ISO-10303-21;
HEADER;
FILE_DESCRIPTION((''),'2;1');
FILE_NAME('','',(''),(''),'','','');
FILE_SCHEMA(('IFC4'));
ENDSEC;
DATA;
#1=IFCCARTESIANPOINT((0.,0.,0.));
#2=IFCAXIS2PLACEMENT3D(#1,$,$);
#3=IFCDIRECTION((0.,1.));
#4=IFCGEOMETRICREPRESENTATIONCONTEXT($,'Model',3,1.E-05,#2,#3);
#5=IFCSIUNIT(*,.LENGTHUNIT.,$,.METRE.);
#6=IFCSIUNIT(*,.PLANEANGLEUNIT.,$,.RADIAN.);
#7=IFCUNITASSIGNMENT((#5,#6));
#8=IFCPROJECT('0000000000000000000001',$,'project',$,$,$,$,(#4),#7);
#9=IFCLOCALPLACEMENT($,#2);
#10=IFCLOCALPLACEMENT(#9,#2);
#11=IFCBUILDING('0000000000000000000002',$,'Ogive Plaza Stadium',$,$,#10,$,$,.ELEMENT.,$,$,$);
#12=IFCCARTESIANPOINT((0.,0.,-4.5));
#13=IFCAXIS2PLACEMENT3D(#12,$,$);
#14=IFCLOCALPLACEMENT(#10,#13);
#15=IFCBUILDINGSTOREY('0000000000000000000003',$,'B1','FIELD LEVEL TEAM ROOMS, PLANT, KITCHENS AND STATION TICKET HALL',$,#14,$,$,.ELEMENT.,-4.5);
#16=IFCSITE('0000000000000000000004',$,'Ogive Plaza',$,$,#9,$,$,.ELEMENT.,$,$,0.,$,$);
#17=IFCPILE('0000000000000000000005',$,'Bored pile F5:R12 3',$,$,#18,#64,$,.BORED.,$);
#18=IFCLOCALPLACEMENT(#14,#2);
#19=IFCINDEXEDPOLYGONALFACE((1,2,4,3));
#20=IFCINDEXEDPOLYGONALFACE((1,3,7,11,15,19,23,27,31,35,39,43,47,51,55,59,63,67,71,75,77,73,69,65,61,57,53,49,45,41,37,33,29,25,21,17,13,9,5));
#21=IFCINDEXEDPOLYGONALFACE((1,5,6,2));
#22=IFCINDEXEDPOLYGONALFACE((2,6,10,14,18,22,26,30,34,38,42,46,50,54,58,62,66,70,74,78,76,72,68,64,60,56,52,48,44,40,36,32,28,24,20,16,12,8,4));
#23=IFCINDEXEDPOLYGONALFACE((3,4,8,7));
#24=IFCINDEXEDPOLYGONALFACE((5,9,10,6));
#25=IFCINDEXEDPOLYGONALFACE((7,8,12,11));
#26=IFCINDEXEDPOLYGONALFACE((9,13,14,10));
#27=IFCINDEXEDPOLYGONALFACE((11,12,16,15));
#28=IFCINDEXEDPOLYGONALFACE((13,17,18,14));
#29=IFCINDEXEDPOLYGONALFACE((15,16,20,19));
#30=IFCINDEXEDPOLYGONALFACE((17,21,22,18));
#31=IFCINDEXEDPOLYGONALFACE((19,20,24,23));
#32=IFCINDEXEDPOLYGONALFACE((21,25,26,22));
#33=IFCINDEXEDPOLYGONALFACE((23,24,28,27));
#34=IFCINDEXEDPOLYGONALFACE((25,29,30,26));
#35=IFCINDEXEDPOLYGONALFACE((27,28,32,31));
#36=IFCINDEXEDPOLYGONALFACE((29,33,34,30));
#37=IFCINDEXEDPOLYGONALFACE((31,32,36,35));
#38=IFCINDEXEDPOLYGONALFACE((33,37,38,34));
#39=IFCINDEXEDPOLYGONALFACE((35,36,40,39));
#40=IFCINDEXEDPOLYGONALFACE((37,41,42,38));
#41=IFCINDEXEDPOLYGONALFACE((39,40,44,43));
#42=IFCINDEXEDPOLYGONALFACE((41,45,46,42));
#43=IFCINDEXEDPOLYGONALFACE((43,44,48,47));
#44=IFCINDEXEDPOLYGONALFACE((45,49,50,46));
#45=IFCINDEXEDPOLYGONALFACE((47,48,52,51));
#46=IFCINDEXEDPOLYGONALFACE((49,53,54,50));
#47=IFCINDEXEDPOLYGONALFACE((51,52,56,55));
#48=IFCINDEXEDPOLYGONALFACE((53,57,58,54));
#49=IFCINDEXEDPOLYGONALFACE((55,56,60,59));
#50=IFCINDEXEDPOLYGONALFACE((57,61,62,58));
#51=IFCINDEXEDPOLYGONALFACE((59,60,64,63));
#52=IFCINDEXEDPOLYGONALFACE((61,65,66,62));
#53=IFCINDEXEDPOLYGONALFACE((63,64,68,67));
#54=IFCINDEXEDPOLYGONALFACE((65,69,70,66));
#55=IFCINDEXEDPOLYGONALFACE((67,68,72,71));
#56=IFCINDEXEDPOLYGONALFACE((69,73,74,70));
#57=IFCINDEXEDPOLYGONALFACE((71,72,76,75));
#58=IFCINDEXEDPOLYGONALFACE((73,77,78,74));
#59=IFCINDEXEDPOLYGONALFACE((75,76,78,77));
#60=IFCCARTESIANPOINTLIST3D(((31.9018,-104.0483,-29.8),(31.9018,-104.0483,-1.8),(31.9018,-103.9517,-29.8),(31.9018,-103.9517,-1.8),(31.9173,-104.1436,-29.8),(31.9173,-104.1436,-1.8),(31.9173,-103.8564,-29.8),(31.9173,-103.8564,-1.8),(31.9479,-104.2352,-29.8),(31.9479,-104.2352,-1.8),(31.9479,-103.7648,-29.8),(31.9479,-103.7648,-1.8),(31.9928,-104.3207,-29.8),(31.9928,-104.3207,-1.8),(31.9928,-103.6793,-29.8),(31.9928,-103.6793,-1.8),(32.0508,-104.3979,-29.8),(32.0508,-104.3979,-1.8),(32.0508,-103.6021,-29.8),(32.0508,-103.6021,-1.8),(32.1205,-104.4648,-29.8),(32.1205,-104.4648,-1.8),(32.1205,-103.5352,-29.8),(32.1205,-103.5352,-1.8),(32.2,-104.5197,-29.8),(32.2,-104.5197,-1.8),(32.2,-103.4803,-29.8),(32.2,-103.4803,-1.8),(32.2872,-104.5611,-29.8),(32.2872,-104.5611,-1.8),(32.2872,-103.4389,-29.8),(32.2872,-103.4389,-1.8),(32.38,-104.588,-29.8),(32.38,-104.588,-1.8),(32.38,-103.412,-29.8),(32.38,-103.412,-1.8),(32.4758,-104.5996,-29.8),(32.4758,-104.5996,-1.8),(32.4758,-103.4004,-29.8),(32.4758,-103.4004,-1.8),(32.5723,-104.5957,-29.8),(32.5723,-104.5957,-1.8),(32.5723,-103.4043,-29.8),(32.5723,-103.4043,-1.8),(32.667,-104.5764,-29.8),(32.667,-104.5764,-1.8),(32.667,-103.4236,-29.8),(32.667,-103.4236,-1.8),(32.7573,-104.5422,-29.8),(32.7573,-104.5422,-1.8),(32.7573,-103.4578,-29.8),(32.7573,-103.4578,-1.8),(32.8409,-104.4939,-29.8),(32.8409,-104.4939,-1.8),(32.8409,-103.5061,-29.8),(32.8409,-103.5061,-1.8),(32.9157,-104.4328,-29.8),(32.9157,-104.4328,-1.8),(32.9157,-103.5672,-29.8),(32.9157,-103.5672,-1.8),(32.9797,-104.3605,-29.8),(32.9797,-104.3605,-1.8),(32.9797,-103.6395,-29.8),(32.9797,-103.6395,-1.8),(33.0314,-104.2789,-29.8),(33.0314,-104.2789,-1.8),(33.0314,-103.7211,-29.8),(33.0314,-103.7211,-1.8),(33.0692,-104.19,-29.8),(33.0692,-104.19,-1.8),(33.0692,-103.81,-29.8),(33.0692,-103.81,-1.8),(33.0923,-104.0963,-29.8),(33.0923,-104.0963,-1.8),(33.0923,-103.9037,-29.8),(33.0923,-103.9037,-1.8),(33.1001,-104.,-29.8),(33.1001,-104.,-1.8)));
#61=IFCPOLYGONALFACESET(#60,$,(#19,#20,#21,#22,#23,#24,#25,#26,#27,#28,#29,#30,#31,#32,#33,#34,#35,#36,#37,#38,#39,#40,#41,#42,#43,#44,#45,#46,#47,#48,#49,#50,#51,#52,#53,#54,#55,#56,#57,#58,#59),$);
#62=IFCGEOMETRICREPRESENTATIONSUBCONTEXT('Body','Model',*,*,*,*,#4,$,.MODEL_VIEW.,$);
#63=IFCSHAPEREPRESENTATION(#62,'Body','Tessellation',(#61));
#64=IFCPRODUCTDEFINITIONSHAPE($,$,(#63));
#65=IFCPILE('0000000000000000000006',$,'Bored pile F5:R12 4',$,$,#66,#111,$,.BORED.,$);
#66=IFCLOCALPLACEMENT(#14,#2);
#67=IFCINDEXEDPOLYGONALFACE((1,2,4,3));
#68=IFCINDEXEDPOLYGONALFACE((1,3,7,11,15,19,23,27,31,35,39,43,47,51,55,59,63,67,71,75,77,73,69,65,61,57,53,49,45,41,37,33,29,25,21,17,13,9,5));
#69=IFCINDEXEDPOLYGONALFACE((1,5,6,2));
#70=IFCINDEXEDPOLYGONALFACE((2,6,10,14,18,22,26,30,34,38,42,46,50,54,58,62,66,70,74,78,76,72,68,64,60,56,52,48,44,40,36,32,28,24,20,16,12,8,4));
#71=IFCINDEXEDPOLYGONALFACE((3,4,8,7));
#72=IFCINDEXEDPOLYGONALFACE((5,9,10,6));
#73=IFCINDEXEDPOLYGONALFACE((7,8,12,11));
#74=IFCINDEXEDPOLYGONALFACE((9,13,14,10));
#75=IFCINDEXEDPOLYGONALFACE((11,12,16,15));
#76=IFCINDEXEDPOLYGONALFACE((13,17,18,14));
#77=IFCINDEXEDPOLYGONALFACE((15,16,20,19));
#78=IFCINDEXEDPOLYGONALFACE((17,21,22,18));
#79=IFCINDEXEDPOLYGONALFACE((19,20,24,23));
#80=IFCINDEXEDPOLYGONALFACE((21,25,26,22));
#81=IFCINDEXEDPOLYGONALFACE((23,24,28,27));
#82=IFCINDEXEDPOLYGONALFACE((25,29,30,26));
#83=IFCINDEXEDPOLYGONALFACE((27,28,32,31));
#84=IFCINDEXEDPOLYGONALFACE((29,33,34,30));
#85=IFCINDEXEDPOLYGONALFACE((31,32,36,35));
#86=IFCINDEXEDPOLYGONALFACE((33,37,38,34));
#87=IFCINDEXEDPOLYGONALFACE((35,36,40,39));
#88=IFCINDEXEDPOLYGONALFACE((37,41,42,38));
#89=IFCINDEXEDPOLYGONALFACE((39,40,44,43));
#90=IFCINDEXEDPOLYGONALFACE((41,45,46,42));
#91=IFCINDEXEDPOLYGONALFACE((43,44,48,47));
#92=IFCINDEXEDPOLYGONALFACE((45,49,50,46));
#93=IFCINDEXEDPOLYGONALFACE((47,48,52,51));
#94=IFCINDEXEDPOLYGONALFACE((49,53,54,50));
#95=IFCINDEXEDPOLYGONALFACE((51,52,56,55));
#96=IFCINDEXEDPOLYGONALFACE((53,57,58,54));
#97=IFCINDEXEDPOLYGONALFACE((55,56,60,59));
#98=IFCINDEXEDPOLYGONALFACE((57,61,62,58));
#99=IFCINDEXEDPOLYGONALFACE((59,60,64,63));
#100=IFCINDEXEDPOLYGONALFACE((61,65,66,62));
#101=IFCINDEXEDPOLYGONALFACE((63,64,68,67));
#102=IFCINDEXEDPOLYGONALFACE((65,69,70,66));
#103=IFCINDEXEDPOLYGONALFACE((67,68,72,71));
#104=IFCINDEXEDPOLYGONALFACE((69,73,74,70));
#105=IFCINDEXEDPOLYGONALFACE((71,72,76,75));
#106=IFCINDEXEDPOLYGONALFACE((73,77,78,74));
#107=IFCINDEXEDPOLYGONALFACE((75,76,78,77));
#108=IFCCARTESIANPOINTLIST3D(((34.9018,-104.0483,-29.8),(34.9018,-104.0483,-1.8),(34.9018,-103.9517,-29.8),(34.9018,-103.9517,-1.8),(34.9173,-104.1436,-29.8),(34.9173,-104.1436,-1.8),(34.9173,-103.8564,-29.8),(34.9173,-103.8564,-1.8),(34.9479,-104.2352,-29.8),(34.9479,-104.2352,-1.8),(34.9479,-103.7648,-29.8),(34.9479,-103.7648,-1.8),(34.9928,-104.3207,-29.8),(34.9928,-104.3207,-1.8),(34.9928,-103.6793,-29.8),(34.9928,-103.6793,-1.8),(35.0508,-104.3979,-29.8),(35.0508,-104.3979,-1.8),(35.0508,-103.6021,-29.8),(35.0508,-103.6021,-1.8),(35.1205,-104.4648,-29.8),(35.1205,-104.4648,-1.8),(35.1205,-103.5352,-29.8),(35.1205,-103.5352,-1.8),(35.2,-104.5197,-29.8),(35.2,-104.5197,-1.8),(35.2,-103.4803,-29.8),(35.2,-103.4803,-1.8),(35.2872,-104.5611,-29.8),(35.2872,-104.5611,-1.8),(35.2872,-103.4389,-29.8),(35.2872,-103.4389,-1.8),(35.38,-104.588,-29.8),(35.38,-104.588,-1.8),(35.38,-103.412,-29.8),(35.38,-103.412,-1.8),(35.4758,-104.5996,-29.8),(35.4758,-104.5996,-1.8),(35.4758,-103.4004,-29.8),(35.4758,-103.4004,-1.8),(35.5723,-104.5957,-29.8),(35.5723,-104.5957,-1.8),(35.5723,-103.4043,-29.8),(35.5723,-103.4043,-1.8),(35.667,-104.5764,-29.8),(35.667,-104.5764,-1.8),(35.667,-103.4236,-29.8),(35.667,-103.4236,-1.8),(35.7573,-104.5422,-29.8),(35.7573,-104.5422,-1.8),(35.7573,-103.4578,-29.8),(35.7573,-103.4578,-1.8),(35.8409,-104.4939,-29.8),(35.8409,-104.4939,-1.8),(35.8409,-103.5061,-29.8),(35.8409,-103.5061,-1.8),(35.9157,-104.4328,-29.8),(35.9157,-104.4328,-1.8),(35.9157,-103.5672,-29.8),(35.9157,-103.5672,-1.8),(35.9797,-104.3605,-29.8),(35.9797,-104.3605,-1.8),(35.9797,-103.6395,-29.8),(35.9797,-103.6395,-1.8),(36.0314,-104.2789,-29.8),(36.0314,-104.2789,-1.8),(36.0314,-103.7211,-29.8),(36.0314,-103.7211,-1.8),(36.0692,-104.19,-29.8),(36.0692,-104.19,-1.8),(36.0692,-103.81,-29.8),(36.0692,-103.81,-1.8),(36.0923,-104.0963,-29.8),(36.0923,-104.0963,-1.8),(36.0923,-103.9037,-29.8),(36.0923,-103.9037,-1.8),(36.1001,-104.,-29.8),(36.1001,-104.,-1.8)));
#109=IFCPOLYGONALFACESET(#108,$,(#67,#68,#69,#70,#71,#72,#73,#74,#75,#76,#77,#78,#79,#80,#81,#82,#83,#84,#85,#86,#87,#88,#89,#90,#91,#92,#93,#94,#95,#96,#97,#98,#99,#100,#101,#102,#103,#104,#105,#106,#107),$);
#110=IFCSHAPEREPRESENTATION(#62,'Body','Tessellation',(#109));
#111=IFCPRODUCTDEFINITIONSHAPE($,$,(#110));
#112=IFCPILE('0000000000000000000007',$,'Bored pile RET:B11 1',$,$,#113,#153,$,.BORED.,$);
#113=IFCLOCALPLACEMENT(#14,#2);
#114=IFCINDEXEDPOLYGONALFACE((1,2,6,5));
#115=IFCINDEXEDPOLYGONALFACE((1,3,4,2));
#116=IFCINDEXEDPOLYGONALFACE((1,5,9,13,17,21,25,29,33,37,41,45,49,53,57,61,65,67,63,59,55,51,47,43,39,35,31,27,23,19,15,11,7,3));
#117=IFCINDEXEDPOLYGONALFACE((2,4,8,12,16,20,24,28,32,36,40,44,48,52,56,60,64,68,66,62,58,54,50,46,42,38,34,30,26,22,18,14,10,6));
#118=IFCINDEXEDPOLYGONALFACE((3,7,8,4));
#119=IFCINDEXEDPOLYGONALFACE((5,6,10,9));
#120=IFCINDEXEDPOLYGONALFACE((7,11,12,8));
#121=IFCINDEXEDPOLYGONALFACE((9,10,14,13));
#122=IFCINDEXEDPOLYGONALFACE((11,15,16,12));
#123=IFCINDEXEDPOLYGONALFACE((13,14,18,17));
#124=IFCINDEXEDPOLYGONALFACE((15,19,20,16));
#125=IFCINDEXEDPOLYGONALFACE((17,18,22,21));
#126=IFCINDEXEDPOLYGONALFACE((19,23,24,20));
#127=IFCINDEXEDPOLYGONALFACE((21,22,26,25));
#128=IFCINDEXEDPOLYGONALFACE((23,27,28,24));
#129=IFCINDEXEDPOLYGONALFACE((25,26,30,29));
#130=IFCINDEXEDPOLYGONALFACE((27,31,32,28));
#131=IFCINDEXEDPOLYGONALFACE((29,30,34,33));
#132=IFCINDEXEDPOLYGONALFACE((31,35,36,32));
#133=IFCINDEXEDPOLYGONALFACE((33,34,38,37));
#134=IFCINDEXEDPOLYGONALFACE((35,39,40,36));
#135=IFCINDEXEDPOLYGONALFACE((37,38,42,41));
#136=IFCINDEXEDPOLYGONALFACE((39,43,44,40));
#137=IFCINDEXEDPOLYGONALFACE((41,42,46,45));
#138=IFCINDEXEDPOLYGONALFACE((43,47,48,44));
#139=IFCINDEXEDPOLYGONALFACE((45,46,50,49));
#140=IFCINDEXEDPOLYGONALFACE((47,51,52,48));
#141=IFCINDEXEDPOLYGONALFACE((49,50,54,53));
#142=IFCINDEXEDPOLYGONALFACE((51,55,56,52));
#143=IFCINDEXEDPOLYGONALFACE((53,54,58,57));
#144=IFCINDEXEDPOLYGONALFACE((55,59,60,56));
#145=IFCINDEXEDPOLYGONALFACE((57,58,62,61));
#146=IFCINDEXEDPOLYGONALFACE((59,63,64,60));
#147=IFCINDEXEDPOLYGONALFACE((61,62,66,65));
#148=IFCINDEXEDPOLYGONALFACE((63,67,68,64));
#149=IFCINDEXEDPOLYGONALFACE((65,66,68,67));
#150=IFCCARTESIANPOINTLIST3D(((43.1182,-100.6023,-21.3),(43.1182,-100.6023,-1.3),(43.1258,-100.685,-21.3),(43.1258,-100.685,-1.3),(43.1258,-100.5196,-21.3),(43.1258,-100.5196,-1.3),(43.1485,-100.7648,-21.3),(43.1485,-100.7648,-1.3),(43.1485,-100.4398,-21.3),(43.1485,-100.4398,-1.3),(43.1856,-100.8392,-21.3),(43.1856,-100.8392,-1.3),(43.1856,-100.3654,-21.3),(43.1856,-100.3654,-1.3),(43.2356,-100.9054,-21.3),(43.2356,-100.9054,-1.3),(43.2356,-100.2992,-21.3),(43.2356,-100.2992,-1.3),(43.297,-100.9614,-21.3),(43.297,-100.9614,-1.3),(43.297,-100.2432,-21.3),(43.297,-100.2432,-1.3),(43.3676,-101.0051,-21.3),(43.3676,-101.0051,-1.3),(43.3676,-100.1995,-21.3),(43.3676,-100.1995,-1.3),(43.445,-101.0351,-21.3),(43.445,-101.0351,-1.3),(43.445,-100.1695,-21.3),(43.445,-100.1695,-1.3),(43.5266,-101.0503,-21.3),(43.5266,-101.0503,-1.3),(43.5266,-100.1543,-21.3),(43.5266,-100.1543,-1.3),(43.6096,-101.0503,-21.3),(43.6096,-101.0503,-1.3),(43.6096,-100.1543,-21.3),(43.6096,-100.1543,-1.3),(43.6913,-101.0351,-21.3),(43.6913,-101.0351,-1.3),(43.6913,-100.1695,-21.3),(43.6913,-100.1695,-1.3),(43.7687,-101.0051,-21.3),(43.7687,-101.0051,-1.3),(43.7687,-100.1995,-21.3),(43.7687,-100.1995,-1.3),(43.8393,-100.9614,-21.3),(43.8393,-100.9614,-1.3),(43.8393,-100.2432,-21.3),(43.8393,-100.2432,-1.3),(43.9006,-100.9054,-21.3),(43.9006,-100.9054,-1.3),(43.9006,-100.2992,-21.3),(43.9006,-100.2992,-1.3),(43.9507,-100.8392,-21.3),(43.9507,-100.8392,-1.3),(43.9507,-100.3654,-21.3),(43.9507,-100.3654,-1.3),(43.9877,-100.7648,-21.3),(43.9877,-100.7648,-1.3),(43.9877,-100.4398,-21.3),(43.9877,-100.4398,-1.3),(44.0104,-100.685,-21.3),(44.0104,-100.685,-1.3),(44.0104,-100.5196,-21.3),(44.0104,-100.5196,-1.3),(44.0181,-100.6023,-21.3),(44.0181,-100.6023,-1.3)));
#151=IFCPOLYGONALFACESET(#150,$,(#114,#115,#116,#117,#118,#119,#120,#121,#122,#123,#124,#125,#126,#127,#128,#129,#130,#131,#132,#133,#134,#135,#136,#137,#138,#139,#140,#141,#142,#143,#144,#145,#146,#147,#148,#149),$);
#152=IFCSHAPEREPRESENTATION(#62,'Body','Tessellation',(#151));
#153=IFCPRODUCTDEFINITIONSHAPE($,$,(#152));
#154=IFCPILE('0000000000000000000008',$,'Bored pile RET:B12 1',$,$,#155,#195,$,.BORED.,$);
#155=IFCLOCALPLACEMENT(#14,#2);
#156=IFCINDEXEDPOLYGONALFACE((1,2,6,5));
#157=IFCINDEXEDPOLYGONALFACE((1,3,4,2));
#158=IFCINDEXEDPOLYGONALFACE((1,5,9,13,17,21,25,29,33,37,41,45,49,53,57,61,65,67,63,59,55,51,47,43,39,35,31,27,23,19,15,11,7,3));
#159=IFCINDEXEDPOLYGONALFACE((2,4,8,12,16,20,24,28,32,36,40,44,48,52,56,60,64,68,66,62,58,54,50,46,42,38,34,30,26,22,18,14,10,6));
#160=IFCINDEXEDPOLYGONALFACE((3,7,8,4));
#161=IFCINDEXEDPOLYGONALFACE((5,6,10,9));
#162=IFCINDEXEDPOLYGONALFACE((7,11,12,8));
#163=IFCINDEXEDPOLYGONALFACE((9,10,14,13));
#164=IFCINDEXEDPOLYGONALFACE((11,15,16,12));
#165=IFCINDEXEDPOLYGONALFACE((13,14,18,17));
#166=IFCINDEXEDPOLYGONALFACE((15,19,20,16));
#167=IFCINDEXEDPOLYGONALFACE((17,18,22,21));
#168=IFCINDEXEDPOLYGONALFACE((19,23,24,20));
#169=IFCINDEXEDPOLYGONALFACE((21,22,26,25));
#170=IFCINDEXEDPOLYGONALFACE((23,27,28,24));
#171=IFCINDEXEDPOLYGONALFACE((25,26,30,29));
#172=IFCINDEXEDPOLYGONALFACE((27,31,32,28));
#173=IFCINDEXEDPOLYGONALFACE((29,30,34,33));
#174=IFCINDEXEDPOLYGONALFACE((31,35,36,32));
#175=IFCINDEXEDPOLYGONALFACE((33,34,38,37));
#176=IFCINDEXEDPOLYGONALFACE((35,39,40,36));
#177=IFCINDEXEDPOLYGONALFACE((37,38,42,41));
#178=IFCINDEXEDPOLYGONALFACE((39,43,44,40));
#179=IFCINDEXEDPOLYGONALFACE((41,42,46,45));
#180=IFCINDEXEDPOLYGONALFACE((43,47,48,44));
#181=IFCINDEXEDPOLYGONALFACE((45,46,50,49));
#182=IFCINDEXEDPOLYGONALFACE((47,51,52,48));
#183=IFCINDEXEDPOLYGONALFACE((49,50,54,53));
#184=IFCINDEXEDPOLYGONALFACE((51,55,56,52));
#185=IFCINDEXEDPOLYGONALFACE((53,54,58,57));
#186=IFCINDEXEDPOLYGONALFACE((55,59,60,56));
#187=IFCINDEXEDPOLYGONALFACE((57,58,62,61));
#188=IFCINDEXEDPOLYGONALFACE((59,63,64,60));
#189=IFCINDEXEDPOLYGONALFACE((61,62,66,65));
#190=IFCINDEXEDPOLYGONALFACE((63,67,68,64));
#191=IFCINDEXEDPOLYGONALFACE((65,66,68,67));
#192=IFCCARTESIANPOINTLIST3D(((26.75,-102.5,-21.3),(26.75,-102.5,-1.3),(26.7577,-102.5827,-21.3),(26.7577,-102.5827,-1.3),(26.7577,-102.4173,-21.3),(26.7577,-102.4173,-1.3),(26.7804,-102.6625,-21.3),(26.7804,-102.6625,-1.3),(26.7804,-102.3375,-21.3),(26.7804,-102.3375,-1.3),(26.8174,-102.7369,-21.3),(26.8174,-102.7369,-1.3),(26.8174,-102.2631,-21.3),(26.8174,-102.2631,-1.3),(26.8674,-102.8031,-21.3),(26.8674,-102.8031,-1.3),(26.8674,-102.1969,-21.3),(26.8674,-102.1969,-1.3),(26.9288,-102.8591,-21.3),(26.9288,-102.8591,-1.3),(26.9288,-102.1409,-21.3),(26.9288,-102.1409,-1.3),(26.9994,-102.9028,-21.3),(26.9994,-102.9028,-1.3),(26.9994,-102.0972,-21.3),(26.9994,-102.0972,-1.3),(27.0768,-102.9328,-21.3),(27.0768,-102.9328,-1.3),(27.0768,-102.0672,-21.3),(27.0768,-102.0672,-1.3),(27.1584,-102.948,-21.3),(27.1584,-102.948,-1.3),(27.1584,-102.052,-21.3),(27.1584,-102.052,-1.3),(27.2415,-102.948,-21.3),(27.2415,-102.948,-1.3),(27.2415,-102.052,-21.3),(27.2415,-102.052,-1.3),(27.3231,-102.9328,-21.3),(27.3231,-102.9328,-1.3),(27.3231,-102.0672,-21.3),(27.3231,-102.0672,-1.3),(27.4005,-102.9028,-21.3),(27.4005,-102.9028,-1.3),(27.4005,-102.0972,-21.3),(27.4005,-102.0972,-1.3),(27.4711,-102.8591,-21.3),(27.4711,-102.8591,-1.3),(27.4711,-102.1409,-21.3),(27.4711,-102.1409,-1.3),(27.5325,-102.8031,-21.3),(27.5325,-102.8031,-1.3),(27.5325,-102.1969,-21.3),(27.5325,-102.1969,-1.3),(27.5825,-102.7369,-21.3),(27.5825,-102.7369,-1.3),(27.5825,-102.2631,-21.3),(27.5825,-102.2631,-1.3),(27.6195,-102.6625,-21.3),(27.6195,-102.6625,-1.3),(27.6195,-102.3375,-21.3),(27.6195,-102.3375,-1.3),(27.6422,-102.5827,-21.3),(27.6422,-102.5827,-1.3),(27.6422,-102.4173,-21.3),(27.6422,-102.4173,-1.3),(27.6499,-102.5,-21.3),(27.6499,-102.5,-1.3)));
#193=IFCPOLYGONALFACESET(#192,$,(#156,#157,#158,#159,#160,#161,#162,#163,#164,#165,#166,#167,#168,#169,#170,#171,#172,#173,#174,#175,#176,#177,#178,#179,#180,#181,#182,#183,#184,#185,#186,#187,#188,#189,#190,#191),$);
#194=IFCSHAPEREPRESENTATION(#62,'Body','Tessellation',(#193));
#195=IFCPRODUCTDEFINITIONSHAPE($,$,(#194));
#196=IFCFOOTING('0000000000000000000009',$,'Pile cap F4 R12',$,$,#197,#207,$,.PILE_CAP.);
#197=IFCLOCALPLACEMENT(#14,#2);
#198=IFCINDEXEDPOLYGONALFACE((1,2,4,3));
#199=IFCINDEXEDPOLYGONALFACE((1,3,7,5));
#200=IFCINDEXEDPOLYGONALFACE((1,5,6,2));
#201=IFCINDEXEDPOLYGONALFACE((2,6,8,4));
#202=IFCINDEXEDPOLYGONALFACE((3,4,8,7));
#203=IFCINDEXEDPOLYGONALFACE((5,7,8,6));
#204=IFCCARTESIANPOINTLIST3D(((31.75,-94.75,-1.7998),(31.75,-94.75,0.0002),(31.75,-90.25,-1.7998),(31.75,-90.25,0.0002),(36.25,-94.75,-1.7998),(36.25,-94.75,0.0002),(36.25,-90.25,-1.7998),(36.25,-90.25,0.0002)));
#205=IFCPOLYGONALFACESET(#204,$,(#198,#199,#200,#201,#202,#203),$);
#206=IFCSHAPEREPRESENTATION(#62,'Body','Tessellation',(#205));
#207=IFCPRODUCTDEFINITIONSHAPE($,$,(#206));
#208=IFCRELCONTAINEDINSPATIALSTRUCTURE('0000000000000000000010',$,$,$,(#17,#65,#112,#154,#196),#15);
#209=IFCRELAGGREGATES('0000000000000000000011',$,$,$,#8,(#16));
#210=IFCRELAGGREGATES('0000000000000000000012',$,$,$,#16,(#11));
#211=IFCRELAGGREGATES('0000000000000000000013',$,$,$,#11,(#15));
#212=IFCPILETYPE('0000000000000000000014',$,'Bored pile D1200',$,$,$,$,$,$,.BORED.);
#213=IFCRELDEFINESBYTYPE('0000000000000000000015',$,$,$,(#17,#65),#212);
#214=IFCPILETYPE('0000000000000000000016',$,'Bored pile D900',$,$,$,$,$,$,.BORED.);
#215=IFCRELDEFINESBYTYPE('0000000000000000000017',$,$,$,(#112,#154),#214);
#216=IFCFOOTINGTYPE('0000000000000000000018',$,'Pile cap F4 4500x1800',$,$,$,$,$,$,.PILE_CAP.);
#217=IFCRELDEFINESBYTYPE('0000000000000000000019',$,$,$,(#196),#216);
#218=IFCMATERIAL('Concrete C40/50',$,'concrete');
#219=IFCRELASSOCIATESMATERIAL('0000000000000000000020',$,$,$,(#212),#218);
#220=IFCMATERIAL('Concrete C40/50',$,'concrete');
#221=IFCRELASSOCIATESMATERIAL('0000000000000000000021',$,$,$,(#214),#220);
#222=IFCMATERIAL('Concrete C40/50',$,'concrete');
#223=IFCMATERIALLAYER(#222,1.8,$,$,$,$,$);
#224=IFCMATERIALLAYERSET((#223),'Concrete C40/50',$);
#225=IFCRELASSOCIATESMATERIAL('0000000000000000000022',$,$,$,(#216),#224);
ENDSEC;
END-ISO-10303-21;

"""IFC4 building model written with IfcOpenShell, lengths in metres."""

from ifc_helpers import new_model, si_unit, direction, frame, origin, origin_2d, place, context, subcontext, project, spatial, rectangle, circle, extrude, material, layer, layer_set, material_profile, profile_set, type_object, element, save


model = new_model("IFC4")

# Units and contexts
model_context = context("Model", 3, precision=1e-05, world=origin(), true_north=direction((0.0, 1.0)))
body_context = subcontext(model_context, "Body", "Model", "MODEL_VIEW")
ifc_project = project(units=[si_unit("LENGTHUNIT", "METRE"), si_unit("PLANEANGLEUNIT", "RADIAN")], contexts=[model_context])

# Site, building, storey
site_placement = place(None, origin())
site = spatial("IfcSite", under=ifc_project, at=site_placement, Name="Ogive Plaza", CompositionType="ELEMENT", RefElevation=0.0)
building_placement = place(site_placement, origin())
building = spatial("IfcBuilding", under=site, at=building_placement, Name="Ogive Plaza Stadium", CompositionType="ELEMENT")
storey_placement = place(building_placement, frame((0.0, 0.0, -4.5)))
storey = spatial("IfcBuildingStorey", under=building, at=storey_placement, Name="B1", Description="FIELD LEVEL TEAM ROOMS, PLANT, KITCHENS AND STATION TICKET HALL", CompositionType="ELEMENT", Elevation=-4.5)

# Piles
ifc_material_1 = material(Name="Concrete C40/50", Category="concrete")
ifc_material_profile_1 = material_profile(ifc_material_1, circle(Radius=0.6001, at=origin_2d()), Name="RC D1200")
ifc_profile_set_1 = profile_set([ifc_material_profile_1], Name="Concrete C40/50")
pile_type_1 = type_object("IfcPileType", Name="Bored pile D1200", PredefinedType="BORED", material=ifc_profile_set_1)
for number, where, z_axis, x_axis, name in (
    (1, (32.5, -104.0, -1.8), (0.0, 0.0, -1.0), (1.0, 0.0, 0.0), "Bored pile F5:R12 3"),
    (2, (35.5, -104.0, -1.8), (0.0, 0.0, -1.0), (1.0, 0.0, 0.0), "Bored pile F5:R12 4"),
):
    element("IfcPile", number, at=place(storey_placement, frame(where, z_axis=z_axis, x_axis=x_axis)), inside=storey, type_object=pile_type_1, Name=name, PredefinedType="BORED", context=body_context, shape_type="SweptSolid", body=[
        extrude(circle(Radius=0.6001, at=origin_2d()), origin(), (0.0, 0.0, 1.0), 28.0),
    ])
ifc_material_2 = material(Name="Concrete C40/50", Category="concrete")
ifc_material_profile_2 = material_profile(ifc_material_2, circle(Radius=0.45, at=origin_2d()), Name="RC D900")
ifc_profile_set_2 = profile_set([ifc_material_profile_2], Name="Concrete C40/50")
pile_type_2 = type_object("IfcPileType", Name="Bored pile D900", PredefinedType="BORED", material=ifc_profile_set_2)
for number, where, z_axis, x_axis, name in (
    (3, (43.5681, -100.6023, -1.3), (0.0, 0.0, -1.0), (1.0, 0.0, 0.0), "Bored pile RET:B11 1"),
    (4, (27.2, -102.5, -1.3), (0.0, 0.0, -1.0), (1.0, 0.0, 0.0), "Bored pile RET:B12 1"),
):
    element("IfcPile", number, at=place(storey_placement, frame(where, z_axis=z_axis, x_axis=x_axis)), inside=storey, type_object=pile_type_2, Name=name, PredefinedType="BORED", context=body_context, shape_type="SweptSolid", body=[
        extrude(circle(Radius=0.45, at=origin_2d()), origin(), (0.0, 0.0, 1.0), 20.0),
    ])

# Footing
ifc_material_3 = material(Name="Concrete C40/50", Category="concrete")
ifc_layer_1 = layer(ifc_material_3, 1.8)
ifc_layer_set_1 = layer_set([ifc_layer_1], Name="Concrete C40/50")
footing_type_1 = type_object("IfcFootingType", Name="Pile cap F4 4500x1800", PredefinedType="PILE_CAP", material=ifc_layer_set_1)
footing_1_placement = place(storey_placement, frame((34.0, -92.5, -1.7998), z_axis=(0.0, 0.0, 1.0), x_axis=(0.0, -1.0, 0.0)))
element("IfcFooting", 5, at=footing_1_placement, inside=storey, type_object=footing_type_1, Name="Pile cap F4 R12", PredefinedType="PILE_CAP", context=body_context, shape_type="SweptSolid", body=[
    extrude(rectangle(XDim=4.5, YDim=4.5, at=origin_2d()), origin(), (0.0, 0.0, 1.0), 1.8),
])

save(model, "model.ifc")
